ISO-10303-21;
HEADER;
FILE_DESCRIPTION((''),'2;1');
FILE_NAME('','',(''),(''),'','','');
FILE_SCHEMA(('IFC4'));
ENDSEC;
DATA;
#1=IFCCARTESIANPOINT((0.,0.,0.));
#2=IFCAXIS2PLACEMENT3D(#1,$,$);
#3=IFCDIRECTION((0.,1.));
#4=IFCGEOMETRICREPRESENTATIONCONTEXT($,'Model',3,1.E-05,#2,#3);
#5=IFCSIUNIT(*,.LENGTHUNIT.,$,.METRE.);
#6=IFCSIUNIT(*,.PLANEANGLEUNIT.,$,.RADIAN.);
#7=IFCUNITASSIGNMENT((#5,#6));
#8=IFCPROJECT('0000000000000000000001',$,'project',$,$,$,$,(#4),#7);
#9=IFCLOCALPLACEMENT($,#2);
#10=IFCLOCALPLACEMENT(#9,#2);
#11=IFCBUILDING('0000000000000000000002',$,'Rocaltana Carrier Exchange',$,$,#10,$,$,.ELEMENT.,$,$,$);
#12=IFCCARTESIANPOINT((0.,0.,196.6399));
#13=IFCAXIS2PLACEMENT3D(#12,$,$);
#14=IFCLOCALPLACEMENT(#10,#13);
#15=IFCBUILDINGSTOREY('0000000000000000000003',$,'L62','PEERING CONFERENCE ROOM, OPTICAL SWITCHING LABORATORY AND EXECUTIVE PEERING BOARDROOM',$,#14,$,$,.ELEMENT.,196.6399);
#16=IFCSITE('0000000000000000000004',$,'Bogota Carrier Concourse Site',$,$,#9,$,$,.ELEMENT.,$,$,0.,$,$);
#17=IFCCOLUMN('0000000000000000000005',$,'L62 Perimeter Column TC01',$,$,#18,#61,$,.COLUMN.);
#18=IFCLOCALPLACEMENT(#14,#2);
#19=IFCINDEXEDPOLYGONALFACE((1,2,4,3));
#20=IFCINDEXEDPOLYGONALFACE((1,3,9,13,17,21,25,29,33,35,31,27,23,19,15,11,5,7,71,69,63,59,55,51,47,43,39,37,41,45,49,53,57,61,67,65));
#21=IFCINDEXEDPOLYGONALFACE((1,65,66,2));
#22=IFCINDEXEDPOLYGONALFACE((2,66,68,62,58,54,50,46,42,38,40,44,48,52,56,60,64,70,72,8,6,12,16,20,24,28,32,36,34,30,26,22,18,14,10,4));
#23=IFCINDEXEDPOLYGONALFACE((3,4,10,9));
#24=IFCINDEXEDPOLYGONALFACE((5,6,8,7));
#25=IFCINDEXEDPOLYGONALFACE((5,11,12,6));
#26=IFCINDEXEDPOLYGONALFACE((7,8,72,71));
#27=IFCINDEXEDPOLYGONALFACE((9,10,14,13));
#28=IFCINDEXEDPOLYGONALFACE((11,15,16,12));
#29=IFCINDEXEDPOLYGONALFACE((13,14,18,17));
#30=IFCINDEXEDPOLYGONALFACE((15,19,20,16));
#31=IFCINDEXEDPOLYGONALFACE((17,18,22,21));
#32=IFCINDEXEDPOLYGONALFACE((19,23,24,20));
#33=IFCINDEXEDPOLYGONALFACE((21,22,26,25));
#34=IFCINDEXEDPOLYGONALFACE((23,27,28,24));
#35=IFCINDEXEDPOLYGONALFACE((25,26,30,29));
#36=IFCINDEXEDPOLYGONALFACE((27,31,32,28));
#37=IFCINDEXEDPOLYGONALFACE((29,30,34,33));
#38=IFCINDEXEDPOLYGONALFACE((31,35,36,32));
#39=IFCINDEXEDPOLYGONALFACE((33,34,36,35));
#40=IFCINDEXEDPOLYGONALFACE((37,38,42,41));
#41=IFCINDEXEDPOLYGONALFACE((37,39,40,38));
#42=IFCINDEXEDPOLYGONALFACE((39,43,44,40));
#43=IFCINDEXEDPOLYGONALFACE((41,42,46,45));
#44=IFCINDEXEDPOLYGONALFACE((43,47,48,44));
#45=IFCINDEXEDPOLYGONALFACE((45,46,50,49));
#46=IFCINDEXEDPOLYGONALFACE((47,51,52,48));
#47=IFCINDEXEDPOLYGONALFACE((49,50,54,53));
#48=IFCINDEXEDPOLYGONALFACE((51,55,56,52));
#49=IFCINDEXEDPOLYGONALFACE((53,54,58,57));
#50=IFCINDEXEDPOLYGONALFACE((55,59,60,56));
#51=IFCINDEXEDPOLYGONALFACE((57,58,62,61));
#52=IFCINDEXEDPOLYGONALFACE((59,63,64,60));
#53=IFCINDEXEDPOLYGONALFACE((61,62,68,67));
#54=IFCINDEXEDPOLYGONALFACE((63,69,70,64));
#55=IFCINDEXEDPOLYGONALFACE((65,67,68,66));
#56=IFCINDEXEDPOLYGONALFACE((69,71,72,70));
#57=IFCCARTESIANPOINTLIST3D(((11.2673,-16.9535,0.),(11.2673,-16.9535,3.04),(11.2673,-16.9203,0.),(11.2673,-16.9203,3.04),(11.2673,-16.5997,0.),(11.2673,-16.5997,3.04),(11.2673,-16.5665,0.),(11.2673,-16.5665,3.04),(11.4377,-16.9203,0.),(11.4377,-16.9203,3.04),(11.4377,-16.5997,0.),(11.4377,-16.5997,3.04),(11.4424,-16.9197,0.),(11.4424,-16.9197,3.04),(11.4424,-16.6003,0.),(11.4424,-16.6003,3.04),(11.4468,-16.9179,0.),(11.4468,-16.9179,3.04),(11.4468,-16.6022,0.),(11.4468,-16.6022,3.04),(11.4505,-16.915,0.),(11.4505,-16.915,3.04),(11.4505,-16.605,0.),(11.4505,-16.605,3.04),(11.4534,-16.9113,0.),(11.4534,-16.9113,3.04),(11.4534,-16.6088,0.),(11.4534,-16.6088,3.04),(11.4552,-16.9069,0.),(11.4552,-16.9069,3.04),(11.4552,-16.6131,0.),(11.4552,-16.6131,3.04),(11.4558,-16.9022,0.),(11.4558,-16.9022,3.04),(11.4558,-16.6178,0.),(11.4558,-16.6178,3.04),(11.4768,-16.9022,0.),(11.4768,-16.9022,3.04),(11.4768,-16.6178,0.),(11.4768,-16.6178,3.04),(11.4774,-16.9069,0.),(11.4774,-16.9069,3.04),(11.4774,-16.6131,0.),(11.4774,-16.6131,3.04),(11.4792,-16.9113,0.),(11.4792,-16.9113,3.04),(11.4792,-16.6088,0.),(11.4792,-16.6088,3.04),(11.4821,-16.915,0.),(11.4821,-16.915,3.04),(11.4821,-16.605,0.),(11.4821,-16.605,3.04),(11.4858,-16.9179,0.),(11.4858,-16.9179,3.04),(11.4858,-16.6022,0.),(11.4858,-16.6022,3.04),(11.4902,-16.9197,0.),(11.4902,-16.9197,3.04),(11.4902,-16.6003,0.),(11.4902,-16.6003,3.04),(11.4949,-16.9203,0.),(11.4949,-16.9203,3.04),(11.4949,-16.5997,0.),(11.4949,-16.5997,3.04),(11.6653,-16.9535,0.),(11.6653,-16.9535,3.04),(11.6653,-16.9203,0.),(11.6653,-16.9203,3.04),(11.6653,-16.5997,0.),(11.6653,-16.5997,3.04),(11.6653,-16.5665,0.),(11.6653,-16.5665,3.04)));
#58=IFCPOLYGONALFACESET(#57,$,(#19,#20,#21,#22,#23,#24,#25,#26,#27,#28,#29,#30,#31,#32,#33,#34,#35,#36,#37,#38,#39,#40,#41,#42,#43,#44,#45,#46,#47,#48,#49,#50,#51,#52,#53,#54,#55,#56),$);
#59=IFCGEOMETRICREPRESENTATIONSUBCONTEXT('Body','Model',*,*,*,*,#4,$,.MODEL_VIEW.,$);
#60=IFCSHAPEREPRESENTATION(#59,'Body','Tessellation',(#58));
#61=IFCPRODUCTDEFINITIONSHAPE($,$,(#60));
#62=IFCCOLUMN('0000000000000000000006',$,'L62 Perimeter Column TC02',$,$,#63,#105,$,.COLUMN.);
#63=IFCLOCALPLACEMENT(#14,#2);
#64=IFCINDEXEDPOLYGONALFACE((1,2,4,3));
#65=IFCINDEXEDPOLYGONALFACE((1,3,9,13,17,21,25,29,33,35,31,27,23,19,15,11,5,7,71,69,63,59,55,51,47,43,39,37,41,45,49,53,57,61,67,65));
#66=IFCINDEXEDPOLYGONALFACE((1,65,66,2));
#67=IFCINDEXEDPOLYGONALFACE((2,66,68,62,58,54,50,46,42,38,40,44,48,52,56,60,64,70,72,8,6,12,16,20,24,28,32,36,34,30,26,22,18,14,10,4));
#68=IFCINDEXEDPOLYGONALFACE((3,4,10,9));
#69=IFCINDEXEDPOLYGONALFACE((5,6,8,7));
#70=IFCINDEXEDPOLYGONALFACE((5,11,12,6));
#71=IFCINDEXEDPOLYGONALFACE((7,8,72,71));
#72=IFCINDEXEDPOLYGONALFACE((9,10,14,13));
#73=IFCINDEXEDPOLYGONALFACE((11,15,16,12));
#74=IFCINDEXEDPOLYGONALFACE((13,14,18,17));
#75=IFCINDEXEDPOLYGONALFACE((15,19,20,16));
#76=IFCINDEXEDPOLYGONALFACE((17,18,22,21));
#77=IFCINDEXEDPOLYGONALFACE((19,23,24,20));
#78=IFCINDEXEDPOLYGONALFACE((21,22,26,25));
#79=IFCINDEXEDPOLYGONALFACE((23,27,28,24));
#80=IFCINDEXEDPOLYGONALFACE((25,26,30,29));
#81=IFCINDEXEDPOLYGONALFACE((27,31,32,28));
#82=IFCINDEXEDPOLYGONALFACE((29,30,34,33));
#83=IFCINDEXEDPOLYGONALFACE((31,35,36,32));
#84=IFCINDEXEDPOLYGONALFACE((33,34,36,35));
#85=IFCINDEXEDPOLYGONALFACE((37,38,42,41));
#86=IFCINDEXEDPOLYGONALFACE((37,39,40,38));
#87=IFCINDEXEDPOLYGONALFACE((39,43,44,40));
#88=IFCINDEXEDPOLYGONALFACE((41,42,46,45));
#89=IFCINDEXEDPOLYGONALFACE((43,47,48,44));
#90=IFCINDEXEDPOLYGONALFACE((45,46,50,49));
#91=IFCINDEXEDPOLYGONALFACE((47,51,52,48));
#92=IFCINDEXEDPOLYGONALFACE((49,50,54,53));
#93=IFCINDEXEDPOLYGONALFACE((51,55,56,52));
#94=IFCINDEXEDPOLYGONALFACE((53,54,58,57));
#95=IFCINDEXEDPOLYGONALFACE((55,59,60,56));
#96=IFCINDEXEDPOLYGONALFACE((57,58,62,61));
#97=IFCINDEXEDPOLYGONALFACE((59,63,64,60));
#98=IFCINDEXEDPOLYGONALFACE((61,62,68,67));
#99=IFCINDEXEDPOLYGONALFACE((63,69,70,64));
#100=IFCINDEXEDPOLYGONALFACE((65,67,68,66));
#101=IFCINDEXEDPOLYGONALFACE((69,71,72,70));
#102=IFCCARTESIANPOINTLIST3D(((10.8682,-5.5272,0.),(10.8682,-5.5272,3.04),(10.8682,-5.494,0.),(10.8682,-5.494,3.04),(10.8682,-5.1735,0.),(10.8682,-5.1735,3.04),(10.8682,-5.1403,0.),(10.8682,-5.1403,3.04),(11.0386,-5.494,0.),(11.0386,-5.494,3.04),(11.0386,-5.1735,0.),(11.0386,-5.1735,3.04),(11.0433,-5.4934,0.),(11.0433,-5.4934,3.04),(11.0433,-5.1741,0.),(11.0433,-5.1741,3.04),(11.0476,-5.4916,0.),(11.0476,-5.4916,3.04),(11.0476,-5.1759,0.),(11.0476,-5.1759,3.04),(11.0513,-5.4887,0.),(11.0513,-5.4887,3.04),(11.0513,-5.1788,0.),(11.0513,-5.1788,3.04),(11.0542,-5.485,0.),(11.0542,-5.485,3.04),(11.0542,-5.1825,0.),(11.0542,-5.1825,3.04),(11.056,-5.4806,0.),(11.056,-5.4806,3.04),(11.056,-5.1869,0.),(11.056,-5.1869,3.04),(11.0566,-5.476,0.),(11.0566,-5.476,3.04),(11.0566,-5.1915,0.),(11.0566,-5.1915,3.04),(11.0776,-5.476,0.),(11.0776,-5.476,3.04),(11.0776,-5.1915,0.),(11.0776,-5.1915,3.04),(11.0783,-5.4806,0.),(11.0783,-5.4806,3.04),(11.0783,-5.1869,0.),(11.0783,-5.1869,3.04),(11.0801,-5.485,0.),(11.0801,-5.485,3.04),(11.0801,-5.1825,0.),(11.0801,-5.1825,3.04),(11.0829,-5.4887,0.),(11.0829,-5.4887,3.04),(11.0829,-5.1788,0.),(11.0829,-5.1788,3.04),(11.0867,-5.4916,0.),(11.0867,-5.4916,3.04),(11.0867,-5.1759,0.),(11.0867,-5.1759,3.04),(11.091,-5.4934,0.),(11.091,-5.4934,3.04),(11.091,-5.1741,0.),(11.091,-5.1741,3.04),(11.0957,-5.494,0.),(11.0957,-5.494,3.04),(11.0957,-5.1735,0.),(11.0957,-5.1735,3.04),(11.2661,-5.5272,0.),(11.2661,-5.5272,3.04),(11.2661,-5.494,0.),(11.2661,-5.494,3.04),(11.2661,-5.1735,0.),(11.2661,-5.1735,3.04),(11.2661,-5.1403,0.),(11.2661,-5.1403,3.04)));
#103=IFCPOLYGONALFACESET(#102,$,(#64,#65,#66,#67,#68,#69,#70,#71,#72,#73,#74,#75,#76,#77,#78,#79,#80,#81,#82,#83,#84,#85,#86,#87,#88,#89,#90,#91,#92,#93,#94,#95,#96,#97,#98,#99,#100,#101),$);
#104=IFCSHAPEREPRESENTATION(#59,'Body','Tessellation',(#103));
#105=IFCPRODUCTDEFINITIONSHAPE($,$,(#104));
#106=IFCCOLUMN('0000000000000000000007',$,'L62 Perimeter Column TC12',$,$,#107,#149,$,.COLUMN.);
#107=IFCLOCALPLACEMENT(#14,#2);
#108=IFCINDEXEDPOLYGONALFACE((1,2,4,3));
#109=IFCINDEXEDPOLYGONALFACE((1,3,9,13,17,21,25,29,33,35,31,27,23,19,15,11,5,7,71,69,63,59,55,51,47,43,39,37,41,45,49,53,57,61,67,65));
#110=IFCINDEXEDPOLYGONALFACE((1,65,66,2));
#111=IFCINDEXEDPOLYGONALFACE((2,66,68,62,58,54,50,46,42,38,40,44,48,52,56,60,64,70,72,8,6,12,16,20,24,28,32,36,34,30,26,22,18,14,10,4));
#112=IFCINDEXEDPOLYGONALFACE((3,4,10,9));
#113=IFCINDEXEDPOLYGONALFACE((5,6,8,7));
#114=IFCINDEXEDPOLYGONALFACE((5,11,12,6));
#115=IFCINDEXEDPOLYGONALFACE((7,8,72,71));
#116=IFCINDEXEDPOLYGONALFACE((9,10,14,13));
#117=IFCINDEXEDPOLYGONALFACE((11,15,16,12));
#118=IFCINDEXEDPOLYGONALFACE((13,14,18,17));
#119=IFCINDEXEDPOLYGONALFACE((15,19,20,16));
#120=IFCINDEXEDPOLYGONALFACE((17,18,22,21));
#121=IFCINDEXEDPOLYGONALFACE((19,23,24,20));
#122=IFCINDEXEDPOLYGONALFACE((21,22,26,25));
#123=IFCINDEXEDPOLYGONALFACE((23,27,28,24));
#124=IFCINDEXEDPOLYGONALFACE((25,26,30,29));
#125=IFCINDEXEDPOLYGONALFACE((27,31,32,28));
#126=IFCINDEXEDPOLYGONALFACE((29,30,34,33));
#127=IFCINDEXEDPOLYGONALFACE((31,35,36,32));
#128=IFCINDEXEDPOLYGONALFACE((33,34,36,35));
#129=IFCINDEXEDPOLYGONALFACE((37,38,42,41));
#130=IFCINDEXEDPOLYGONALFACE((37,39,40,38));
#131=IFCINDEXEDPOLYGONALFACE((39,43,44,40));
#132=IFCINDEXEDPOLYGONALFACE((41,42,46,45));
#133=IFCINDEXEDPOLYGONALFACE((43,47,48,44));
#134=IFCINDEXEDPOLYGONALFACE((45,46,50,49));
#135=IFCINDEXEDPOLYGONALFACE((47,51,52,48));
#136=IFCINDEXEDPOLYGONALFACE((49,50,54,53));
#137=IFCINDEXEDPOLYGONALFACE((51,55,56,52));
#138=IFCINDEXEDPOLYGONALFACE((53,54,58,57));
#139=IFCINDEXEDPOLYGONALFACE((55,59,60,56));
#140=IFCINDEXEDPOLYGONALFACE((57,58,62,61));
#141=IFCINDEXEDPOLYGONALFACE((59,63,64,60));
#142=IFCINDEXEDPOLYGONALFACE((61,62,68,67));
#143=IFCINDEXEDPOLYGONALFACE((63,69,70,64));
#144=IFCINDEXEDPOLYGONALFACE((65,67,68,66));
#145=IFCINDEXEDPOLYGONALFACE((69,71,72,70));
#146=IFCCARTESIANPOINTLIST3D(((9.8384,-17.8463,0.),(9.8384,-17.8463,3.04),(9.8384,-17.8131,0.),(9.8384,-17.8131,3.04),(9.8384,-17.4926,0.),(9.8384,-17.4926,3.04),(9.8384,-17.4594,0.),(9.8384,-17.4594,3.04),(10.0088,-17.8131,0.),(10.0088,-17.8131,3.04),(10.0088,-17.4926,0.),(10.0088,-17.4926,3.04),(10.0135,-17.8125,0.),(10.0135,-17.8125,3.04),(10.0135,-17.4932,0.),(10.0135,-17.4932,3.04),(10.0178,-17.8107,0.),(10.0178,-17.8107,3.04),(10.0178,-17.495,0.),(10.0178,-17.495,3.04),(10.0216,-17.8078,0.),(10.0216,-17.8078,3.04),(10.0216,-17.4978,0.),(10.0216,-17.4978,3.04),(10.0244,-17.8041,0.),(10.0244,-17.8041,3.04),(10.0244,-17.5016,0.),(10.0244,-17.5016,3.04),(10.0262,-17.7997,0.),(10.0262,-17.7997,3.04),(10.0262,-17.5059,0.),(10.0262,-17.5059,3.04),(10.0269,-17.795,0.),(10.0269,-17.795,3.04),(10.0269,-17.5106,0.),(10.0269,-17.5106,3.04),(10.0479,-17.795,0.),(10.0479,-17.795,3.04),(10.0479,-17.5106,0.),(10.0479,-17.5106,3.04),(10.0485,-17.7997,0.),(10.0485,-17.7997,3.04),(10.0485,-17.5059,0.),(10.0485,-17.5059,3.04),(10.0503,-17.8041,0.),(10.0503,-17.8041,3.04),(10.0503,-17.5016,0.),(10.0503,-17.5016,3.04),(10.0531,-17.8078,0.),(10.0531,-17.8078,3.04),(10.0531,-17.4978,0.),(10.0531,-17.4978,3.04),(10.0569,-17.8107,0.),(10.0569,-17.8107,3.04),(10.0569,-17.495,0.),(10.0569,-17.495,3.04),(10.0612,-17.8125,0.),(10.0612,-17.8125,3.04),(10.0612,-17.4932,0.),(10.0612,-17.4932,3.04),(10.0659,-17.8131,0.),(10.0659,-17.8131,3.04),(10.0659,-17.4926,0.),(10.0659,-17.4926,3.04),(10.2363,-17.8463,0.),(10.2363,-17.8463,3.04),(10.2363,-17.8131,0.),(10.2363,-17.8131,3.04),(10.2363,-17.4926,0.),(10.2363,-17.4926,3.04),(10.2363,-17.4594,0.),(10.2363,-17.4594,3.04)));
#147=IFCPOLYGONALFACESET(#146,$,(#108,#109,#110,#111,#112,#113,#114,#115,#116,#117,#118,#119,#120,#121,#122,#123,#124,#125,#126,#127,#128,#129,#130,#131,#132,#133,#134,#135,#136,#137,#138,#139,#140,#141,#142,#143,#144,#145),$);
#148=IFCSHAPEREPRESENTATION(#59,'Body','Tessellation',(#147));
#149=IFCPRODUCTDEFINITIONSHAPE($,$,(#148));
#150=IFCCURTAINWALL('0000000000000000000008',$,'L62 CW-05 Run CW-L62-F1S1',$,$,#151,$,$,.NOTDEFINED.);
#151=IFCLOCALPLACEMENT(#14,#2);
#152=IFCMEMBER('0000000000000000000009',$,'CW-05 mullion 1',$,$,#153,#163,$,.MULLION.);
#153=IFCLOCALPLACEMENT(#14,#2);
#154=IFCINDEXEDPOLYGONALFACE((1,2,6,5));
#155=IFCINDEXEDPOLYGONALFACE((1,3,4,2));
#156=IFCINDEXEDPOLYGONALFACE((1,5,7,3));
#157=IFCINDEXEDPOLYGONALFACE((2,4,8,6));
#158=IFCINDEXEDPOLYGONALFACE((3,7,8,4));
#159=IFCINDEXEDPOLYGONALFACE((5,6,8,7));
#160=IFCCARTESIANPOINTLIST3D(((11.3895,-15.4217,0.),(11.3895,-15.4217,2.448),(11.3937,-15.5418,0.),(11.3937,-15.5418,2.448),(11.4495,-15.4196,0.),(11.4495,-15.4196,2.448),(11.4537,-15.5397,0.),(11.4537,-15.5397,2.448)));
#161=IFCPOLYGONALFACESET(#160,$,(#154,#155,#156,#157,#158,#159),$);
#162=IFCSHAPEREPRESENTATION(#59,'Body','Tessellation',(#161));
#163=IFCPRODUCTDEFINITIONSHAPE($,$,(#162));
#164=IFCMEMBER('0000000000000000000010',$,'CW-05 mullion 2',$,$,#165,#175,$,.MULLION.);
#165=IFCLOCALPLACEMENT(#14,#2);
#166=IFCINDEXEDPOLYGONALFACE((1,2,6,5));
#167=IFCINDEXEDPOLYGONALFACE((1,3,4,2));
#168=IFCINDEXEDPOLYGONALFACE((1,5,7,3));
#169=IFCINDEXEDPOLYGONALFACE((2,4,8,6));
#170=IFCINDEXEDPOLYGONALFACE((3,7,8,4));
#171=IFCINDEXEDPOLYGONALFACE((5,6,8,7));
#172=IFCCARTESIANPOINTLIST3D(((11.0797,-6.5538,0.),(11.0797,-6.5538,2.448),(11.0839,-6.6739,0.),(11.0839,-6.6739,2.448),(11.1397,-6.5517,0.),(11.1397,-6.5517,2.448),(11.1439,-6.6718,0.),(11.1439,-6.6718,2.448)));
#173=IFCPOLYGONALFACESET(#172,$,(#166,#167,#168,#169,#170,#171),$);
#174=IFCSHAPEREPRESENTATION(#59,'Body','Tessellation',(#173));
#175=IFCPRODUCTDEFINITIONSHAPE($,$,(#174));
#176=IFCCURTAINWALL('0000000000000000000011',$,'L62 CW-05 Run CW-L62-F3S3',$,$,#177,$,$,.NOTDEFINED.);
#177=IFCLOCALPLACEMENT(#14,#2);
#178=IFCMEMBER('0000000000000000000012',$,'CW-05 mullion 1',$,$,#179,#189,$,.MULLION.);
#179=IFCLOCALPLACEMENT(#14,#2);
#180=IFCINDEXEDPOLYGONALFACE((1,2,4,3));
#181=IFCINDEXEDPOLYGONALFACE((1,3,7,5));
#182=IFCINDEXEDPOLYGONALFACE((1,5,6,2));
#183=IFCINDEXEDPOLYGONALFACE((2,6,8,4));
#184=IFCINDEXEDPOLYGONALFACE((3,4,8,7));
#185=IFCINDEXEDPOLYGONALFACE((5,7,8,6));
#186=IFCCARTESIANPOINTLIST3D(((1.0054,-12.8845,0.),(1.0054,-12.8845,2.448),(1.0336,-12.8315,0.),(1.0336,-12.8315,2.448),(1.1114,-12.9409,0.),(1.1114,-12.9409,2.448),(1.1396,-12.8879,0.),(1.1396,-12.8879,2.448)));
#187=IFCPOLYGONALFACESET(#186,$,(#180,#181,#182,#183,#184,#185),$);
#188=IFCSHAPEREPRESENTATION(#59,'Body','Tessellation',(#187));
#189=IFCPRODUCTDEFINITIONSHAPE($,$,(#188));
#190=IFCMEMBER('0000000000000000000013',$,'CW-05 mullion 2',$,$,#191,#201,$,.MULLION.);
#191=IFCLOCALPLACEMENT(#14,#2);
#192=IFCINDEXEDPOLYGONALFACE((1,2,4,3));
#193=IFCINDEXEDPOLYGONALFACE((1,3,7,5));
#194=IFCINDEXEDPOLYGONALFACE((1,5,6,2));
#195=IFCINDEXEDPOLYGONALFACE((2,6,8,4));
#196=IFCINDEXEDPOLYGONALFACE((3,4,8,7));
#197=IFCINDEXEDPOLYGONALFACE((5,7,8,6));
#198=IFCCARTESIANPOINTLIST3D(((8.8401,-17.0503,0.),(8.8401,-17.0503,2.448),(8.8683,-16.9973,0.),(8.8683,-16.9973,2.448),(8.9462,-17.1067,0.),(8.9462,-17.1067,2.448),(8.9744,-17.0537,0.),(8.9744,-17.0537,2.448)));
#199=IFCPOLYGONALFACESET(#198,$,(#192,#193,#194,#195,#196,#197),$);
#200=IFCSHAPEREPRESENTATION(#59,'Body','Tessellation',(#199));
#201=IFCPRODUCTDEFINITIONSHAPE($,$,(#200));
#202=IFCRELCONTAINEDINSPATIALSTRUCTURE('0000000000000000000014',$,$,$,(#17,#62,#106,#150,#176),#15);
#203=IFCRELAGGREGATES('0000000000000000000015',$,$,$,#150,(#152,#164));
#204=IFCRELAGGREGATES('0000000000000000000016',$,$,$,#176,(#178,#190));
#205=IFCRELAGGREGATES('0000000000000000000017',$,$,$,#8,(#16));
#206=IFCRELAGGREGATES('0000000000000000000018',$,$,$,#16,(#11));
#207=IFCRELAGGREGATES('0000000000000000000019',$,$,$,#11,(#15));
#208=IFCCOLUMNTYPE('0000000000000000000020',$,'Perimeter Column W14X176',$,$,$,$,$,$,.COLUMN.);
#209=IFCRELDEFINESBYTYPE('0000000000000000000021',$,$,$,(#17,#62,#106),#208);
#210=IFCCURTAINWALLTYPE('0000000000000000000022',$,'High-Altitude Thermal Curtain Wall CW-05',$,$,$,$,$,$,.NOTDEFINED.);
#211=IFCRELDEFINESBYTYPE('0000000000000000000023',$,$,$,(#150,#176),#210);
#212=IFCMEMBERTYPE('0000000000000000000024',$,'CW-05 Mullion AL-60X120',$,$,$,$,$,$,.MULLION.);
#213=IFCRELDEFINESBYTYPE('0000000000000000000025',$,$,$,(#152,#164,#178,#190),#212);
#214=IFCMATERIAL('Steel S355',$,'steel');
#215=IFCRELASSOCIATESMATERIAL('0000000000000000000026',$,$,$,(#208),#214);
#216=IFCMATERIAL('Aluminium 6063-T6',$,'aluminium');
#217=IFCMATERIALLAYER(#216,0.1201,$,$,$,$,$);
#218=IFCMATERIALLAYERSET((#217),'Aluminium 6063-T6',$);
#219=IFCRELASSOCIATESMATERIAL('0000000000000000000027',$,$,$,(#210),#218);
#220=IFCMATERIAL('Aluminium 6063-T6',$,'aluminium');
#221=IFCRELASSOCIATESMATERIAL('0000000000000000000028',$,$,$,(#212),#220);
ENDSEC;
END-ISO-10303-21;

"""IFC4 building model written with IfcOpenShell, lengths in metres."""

from ifc_helpers import new_model, si_unit, direction, frame, origin, origin_2d, place, context, subcontext, project, spatial, rectangle, i_section, extrude, material, layer, layer_set, material_profile, profile_set, type_object, element, aggregate, save


model = new_model("IFC4")

# Units and contexts
model_context = context("Model", 3, precision=1e-05, world=origin(), true_north=direction((0.0, 1.0)))
body_context = subcontext(model_context, "Body", "Model", "MODEL_VIEW")
ifc_project = project(units=[si_unit("LENGTHUNIT", "METRE"), si_unit("PLANEANGLEUNIT", "RADIAN")], contexts=[model_context])

# Site, building, storey
site_placement = place(None, origin())
site = spatial("IfcSite", under=ifc_project, at=site_placement, Name="Bogota Carrier Concourse Site", CompositionType="ELEMENT", RefElevation=0.0)
building_placement = place(site_placement, origin())
building = spatial("IfcBuilding", under=site, at=building_placement, Name="Rocaltana Carrier Exchange", CompositionType="ELEMENT")
storey_placement = place(building_placement, frame((0.0, 0.0, 196.6399)))
storey = spatial("IfcBuildingStorey", under=building, at=storey_placement, Name="L62", Description="PEERING CONFERENCE ROOM, OPTICAL SWITCHING LABORATORY AND EXECUTIVE PEERING BOARDROOM", CompositionType="ELEMENT", Elevation=196.6399)

# Columns
ifc_material_1 = material(Name="Steel S355", Category="steel")
ifc_material_profile_1 = material_profile(ifc_material_1, i_section(OverallWidth=0.3979, OverallDepth=0.387, WebThickness=0.021, FlangeThickness=0.0332, FilletRadius=0.0181, at=origin_2d()), Name="W14X176")
ifc_profile_set_1 = profile_set([ifc_material_profile_1], Name="Steel S355")
column_type = type_object("IfcColumnType", Name="Perimeter Column W14X176", PredefinedType="COLUMN", material=ifc_profile_set_1)
for number, where, z_axis, x_axis, name in (
    (1, (11.4663, -16.76, 0.0), (0.0, 0.0, 1.0), (1.0, 0.0, 0.0), "L62 Perimeter Column TC01"),
    (2, (11.0671, -5.3337, 0.0), (0.0, 0.0, 1.0), (1.0, 0.0, 0.0), "L62 Perimeter Column TC02"),
    (3, (10.0374, -17.6528, 0.0), (0.0, 0.0, 1.0), (1.0, 0.0, 0.0), "L62 Perimeter Column TC12"),
):
    element("IfcColumn", number, at=place(storey_placement, frame(where, z_axis=z_axis, x_axis=x_axis)), inside=storey, type_object=column_type, Name=name, PredefinedType="COLUMN", context=body_context, shape_type="SweptSolid", body=[
        extrude(i_section(OverallWidth=0.3979, OverallDepth=0.387, WebThickness=0.021, FlangeThickness=0.0332, FilletRadius=0.0181, at=origin_2d()), origin(), (0.0, 0.0, 1.0), 3.04),
    ])

# Curtain walls, members
ifc_material_2 = material(Name="Aluminium 6063-T6", Category="aluminium")
ifc_layer_1 = layer(ifc_material_2, 0.1201)
ifc_layer_set_1 = layer_set([ifc_layer_1], Name="Aluminium 6063-T6")
curtain_wall_type = type_object("IfcCurtainWallType", Name="High-Altitude Thermal Curtain Wall CW-05", PredefinedType="NOTDEFINED", material=ifc_layer_set_1)
curtain_wall_1_placement = place(storey_placement, origin())
curtain_wall_1 = element("IfcCurtainWall", 4, at=curtain_wall_1_placement, inside=storey, type_object=curtain_wall_type, Name="L62 CW-05 Run CW-L62-F1S1", PredefinedType="NOTDEFINED")
ifc_material_3 = material(Name="Aluminium 6063-T6", Category="aluminium")
ifc_material_profile_2 = material_profile(ifc_material_3, rectangle(XDim=0.0601, YDim=0.1201, at=origin_2d()), Name="AL-60X120")
ifc_profile_set_2 = profile_set([ifc_material_profile_2], Name="Aluminium 6063-T6")
member_type_1 = type_object("IfcMemberType", Name="CW-05 Mullion AL-60X120", PredefinedType="MULLION", material=ifc_profile_set_2)
member_1_placement = place(storey_placement, frame((11.4216, -15.4807, 0.0), z_axis=(0.0, 0.0, 1.0), x_axis=(-0.99939, -0.034914, 0.0)))
member_1 = element("IfcMember", 5, at=member_1_placement, type_object=member_type_1, Name="CW-05 mullion 1", PredefinedType="MULLION", context=body_context, shape_type="SweptSolid", body=[
    extrude(rectangle(XDim=0.0601, YDim=0.1201, at=origin_2d()), origin(), (0.0, 0.0, 1.0), 2.448),
])
member_2_placement = place(storey_placement, frame((11.1118, -6.6128, 0.0), z_axis=(0.0, 0.0, 1.0), x_axis=(-0.99939, -0.034914, 0.0)))
member_2 = element("IfcMember", 6, at=member_2_placement, type_object=member_type_1, Name="CW-05 mullion 2", PredefinedType="MULLION", context=body_context, shape_type="SweptSolid", body=[
    extrude(rectangle(XDim=0.0601, YDim=0.1201, at=origin_2d()), origin(), (0.0, 0.0, 1.0), 2.448),
])
curtain_wall_2_placement = place(storey_placement, origin())
curtain_wall_2 = element("IfcCurtainWall", 7, at=curtain_wall_2_placement, inside=storey, type_object=curtain_wall_type, Name="L62 CW-05 Run CW-L62-F3S3", PredefinedType="NOTDEFINED")
member_3_placement = place(storey_placement, frame((1.0725, -12.8862, 0.0), z_axis=(0.0, 0.0, 1.0), x_axis=(0.469475, 0.882946, 0.0)))
member_3 = element("IfcMember", 8, at=member_3_placement, type_object=member_type_1, Name="CW-05 mullion 1", PredefinedType="MULLION", context=body_context, shape_type="SweptSolid", body=[
    extrude(rectangle(XDim=0.0601, YDim=0.1201, at=origin_2d()), origin(), (0.0, 0.0, 1.0), 2.448),
])
member_4_placement = place(storey_placement, frame((8.9072, -17.052, 0.0), z_axis=(0.0, 0.0, 1.0), x_axis=(0.469475, 0.882946, 0.0)))
member_4 = element("IfcMember", 9, at=member_4_placement, type_object=member_type_1, Name="CW-05 mullion 2", PredefinedType="MULLION", context=body_context, shape_type="SweptSolid", body=[
    extrude(rectangle(XDim=0.0601, YDim=0.1201, at=origin_2d()), origin(), (0.0, 0.0, 1.0), 2.448),
])

aggregate(curtain_wall_1, [member_1, member_2])
aggregate(curtain_wall_2, [member_3, member_4])

save(model, "model.ifc")
